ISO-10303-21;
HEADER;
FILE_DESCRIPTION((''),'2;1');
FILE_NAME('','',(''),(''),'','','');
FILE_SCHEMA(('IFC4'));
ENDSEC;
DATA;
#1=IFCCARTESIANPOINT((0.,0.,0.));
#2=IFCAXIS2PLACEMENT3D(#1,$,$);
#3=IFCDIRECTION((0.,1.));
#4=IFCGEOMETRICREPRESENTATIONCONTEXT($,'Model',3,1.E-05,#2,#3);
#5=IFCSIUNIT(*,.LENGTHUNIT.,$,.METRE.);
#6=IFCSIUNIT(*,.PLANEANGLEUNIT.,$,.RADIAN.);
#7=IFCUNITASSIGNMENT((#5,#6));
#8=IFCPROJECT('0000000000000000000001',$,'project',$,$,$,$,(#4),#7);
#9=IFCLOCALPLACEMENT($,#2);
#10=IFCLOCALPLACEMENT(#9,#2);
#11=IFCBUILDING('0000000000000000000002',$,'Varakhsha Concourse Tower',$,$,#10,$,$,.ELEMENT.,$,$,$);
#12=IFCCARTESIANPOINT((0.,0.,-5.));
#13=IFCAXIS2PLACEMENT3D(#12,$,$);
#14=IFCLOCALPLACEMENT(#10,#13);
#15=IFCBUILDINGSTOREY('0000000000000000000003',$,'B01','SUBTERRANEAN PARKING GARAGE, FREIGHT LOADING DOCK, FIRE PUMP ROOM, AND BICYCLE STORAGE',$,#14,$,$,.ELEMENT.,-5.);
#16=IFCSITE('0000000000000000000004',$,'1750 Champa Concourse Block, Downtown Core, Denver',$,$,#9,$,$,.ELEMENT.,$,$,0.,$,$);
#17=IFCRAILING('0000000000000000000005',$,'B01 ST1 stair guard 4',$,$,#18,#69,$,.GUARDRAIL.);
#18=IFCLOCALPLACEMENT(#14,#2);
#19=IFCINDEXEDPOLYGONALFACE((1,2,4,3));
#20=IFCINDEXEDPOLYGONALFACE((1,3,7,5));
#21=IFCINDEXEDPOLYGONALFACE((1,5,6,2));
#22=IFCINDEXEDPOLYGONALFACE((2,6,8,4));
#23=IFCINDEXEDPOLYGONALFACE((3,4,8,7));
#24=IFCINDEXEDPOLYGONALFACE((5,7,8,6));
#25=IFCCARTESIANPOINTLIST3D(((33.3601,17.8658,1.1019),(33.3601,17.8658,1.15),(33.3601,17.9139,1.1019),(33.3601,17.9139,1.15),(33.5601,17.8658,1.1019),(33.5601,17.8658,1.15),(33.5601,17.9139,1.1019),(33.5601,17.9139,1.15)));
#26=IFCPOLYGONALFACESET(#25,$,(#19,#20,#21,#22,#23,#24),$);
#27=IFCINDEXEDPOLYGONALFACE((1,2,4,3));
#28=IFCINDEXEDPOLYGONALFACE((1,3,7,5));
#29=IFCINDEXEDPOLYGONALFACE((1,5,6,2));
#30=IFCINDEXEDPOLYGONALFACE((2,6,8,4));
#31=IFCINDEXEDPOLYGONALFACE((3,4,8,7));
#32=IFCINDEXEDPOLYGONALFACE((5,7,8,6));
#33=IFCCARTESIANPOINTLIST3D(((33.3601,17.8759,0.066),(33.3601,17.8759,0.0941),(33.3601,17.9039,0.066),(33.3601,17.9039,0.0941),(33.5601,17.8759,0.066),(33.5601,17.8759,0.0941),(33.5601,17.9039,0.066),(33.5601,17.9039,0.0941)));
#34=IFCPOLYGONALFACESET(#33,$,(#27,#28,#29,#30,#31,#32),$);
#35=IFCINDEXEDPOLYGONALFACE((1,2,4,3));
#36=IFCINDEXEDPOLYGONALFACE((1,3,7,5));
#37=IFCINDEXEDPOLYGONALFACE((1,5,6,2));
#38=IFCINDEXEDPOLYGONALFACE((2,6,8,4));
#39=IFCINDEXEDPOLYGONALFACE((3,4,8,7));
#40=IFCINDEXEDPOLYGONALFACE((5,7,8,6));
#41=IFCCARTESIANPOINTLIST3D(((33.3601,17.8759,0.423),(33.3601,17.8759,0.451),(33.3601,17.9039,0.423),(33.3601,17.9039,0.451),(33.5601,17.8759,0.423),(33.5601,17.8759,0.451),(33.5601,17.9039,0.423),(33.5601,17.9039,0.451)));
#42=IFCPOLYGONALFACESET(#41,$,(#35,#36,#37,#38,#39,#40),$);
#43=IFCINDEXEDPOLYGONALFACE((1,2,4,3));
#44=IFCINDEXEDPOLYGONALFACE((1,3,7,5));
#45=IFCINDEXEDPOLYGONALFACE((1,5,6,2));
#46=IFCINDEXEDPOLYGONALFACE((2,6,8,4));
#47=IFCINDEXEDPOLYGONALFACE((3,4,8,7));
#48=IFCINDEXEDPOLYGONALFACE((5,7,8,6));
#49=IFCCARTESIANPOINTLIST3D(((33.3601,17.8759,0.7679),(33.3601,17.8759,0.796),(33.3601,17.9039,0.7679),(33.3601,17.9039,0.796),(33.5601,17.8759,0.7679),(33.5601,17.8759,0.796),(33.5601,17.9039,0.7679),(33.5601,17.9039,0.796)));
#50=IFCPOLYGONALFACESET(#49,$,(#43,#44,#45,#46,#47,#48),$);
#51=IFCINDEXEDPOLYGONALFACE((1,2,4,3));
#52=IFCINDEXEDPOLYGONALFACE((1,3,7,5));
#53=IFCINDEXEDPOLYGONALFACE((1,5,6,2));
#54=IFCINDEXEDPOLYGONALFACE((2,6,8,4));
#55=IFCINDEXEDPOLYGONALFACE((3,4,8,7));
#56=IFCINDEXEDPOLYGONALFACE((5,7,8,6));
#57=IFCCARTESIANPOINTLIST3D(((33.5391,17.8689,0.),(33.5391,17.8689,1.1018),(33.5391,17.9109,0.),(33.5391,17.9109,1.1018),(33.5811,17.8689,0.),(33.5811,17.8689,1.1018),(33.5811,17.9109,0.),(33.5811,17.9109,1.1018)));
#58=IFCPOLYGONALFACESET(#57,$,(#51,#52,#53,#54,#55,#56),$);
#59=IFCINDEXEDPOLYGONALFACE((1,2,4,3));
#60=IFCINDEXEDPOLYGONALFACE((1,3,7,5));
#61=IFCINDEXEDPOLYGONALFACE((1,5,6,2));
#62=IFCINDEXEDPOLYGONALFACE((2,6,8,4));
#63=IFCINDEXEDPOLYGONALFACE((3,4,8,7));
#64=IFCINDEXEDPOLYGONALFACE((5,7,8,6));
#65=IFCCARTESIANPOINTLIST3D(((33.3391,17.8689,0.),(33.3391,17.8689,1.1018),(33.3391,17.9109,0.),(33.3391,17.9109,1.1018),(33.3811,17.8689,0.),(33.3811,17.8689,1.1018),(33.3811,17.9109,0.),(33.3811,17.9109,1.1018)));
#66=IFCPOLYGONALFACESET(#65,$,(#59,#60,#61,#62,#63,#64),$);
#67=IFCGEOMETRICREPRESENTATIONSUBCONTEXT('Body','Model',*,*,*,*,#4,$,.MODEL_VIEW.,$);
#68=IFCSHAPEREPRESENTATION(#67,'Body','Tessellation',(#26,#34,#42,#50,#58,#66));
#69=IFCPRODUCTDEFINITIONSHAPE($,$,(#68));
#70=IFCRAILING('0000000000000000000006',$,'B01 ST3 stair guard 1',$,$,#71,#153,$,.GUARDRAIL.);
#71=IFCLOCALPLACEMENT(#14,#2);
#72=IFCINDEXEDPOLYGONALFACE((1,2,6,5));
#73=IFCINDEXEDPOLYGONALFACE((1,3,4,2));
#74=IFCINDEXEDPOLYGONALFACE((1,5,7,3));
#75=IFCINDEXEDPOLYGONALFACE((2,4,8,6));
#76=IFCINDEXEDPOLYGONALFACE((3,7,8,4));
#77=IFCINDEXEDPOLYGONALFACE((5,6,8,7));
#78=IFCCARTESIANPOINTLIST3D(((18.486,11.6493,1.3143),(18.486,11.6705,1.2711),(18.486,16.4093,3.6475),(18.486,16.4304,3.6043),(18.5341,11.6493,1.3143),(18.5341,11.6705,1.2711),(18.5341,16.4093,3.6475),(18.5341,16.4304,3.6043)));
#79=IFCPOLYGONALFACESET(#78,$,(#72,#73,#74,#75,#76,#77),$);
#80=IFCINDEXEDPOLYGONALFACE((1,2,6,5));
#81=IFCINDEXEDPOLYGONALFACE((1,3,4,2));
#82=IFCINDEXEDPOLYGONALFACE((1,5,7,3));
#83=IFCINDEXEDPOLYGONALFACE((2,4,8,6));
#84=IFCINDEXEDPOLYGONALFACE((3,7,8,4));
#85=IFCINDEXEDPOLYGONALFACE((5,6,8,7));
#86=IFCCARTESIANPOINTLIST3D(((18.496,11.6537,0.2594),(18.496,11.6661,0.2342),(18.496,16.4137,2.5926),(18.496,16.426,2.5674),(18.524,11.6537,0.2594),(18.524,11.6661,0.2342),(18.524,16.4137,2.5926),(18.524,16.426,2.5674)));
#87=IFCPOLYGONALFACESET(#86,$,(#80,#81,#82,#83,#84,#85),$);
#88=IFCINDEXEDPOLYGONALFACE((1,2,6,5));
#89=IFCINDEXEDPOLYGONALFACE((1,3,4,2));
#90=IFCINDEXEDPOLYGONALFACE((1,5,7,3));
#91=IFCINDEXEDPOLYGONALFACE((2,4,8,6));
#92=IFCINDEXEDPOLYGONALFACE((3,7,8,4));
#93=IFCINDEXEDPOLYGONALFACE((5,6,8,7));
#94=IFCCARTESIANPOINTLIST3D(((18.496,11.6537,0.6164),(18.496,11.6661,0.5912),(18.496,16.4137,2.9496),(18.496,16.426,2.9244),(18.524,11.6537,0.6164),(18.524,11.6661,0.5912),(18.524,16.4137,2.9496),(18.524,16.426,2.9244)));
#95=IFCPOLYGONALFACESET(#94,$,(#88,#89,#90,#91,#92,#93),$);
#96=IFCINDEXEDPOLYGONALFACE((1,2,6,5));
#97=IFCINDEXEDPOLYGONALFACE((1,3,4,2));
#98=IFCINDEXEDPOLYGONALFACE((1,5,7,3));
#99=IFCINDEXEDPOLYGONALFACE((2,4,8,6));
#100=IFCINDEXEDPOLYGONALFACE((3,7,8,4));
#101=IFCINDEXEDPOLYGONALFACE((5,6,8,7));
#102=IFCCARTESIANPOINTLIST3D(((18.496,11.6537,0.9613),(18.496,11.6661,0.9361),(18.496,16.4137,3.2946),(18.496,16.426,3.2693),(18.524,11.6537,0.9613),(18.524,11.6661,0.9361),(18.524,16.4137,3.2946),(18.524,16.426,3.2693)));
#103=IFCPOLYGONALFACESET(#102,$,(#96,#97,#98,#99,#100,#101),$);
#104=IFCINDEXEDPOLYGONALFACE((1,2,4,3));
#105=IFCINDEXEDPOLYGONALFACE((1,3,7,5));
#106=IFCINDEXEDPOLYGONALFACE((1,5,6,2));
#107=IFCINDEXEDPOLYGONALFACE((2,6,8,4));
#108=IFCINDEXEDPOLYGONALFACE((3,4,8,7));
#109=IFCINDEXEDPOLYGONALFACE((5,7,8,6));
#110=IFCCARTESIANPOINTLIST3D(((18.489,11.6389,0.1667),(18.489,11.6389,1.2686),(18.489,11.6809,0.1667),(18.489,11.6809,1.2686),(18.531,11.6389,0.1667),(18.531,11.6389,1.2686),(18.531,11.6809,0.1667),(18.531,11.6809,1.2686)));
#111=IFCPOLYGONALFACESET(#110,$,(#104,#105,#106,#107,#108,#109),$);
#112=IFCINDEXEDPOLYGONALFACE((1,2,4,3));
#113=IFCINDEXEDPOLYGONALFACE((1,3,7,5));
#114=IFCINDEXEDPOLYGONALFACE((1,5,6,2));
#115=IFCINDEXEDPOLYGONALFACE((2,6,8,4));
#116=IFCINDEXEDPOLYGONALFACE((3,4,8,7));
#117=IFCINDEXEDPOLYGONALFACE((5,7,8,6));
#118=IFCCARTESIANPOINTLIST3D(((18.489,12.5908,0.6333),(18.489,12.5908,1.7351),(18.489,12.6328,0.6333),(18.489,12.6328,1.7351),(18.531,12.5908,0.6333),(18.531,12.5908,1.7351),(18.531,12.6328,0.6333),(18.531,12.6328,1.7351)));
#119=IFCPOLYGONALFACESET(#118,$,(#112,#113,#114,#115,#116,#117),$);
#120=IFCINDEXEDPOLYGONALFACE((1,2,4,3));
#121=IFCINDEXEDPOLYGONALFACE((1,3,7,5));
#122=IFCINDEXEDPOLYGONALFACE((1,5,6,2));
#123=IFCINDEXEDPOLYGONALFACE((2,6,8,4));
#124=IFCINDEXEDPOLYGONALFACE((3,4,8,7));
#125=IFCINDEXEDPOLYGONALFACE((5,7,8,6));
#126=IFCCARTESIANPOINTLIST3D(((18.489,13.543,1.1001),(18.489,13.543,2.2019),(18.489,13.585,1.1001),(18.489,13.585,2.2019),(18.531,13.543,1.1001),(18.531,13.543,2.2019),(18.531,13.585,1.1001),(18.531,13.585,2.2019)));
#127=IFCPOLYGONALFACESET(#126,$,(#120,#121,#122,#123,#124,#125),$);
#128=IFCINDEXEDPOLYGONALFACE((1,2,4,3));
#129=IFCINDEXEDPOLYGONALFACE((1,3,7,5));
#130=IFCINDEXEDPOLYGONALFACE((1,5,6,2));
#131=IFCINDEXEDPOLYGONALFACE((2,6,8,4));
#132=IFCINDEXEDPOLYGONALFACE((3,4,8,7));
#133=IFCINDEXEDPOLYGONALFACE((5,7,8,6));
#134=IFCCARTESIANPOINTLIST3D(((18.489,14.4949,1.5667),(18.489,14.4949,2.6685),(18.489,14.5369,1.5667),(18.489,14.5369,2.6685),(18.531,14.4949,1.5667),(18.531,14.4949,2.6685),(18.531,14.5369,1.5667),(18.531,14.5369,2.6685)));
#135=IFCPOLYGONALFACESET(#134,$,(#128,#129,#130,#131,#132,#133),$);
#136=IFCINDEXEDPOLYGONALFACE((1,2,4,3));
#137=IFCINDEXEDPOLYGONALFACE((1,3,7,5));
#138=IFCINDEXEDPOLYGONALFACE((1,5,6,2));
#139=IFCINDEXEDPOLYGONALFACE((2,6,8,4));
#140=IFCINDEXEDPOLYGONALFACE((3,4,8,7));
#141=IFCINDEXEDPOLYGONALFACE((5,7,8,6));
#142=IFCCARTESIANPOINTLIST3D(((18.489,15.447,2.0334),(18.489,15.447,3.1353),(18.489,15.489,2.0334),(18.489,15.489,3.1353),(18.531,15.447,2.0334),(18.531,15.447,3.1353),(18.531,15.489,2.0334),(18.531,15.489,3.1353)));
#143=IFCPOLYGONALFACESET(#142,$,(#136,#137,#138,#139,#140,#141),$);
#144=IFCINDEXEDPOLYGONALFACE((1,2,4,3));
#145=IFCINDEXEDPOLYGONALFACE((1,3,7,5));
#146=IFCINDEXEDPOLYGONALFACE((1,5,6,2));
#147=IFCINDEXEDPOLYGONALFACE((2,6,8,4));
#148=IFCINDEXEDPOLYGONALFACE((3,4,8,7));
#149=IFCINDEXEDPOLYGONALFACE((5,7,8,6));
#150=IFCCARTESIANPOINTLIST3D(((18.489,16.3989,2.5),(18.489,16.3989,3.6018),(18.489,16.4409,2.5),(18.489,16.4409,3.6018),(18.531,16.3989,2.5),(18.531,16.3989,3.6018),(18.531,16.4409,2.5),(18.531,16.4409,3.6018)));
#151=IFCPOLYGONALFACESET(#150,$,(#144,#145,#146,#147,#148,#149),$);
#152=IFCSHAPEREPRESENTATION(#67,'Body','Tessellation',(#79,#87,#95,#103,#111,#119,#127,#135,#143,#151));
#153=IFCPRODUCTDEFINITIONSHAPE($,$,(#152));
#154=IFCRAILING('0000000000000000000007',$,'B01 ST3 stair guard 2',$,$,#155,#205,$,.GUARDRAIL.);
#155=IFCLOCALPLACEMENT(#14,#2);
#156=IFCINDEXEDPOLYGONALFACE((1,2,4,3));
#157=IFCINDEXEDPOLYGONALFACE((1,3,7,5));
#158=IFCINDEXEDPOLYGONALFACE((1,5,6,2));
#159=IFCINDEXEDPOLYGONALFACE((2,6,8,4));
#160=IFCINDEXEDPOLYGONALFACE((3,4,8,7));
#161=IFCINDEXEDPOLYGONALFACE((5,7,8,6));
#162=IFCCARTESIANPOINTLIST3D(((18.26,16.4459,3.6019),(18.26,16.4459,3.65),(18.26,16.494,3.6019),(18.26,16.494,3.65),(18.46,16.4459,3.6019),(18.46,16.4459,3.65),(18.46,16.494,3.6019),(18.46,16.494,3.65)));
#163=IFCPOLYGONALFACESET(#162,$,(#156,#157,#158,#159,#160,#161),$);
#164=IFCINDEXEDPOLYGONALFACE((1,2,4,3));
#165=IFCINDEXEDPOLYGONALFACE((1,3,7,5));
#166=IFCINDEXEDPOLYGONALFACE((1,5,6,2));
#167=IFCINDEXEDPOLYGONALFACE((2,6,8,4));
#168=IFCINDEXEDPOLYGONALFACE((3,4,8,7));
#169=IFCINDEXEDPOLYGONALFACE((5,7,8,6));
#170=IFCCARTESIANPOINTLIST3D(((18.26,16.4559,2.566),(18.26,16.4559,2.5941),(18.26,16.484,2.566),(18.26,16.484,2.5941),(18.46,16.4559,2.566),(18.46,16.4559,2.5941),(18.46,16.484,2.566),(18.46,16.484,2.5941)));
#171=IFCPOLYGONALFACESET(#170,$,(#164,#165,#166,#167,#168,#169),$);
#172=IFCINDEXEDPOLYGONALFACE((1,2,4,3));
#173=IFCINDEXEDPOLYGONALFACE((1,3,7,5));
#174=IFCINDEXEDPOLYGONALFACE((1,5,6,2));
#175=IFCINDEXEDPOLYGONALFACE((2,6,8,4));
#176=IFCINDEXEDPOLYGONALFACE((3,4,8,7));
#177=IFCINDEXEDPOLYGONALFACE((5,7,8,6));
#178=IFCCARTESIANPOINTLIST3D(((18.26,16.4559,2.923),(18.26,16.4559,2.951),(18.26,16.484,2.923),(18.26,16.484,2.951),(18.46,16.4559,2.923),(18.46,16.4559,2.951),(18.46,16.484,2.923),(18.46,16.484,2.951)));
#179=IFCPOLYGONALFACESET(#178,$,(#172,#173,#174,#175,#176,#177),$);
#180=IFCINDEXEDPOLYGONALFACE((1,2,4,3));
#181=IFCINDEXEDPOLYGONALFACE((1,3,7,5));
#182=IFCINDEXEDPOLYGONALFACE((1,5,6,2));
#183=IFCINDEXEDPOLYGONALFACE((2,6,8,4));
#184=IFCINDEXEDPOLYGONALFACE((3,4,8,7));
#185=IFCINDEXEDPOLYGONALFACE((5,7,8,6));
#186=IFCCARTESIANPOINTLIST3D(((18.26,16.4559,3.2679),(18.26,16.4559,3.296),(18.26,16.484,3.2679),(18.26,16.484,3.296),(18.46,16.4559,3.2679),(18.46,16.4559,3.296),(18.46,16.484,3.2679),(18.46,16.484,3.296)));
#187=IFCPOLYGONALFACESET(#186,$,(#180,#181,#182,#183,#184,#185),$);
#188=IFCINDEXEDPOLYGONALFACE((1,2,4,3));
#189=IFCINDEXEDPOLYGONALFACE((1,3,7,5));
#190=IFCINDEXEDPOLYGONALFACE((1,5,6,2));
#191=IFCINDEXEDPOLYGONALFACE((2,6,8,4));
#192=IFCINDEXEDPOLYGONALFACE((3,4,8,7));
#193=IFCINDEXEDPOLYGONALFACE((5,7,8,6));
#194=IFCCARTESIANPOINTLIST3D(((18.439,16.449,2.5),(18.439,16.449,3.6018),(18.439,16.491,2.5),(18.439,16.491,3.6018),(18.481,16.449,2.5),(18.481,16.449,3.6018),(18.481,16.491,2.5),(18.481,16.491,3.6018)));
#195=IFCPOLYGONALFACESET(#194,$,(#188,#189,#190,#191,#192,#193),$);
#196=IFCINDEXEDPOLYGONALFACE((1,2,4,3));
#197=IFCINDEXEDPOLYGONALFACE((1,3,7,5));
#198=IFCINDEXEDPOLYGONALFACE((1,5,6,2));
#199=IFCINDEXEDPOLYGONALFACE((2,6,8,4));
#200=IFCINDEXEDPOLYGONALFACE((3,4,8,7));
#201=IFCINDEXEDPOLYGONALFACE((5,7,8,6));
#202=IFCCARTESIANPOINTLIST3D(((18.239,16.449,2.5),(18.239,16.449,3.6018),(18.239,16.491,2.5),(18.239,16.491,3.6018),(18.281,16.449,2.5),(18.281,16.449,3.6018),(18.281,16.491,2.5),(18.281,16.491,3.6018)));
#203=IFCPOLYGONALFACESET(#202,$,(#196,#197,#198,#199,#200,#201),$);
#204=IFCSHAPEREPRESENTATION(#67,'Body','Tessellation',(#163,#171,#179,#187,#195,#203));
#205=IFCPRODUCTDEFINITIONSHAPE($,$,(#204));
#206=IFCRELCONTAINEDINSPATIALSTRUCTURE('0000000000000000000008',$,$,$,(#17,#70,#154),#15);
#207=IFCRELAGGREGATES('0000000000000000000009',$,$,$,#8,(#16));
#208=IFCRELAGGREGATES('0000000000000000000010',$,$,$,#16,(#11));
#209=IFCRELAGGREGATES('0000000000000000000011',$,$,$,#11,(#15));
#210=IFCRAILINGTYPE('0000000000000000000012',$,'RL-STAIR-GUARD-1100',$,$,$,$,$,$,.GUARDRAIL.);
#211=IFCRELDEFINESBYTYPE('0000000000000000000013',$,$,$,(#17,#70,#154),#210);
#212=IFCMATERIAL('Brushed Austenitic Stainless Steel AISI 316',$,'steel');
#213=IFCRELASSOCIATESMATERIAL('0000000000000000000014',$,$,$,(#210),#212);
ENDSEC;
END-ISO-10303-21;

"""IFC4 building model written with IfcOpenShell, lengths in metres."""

from ifc_helpers import new_model, si_unit, direction, frame, origin, origin_2d, place, context, subcontext, project, spatial, rectangle, extrude, material, type_object, element, save


model = new_model("IFC4")

# Units and contexts
model_context = context("Model", 3, precision=1e-05, world=origin(), true_north=direction((0.0, 1.0)))
body_context = subcontext(model_context, "Body", "Model", "MODEL_VIEW")
ifc_project = project(units=[si_unit("LENGTHUNIT", "METRE"), si_unit("PLANEANGLEUNIT", "RADIAN")], contexts=[model_context])

# Site, building, storey
site_placement = place(None, origin())
site = spatial("IfcSite", under=ifc_project, at=site_placement, Name="1750 Champa Concourse Block, Downtown Core, Denver", CompositionType="ELEMENT", RefElevation=0.0)
building_placement = place(site_placement, origin())
building = spatial("IfcBuilding", under=site, at=building_placement, Name="Varakhsha Concourse Tower", CompositionType="ELEMENT")
storey_placement = place(building_placement, frame((0.0, 0.0, -5.0)))
storey = spatial("IfcBuildingStorey", under=building, at=storey_placement, Name="B01", Description="SUBTERRANEAN PARKING GARAGE, FREIGHT LOADING DOCK, FIRE PUMP ROOM, AND BICYCLE STORAGE", CompositionType="ELEMENT", Elevation=-5.0)

# Railings
ifc_material_1 = material(Name="Brushed Austenitic Stainless Steel AISI 316", Category="steel")
railing_type_1 = type_object("IfcRailingType", Name="RL-STAIR-GUARD-1100", PredefinedType="GUARDRAIL", material=ifc_material_1)
railing_1_placement = place(storey_placement, frame((33.5601, 17.8899, 0.0)))
element("IfcRailing", 1, at=railing_1_placement, inside=storey, type_object=railing_type_1, Name="B01 ST1 stair guard 4", PredefinedType="GUARDRAIL", context=body_context, shape_type="SweptSolid", body=[
    extrude(rectangle(XDim=0.0481, YDim=0.0481, at=origin_2d()), frame((0.0, 0.0, 1.126), z_axis=(-1.0, 0.0, 0.0), x_axis=(0.0, -1.0, 0.0)), (0.0, 0.0, 1.0), 0.2),
    extrude(rectangle(XDim=0.0281, YDim=0.0281, at=origin_2d()), frame((0.0, 0.0, 0.0801), z_axis=(-1.0, 0.0, 0.0), x_axis=(0.0, -1.0, 0.0)), (0.0, 0.0, 1.0), 0.2),
    extrude(rectangle(XDim=0.0281, YDim=0.0281, at=origin_2d()), frame((0.0, 0.0, 0.437), z_axis=(-1.0, 0.0, 0.0), x_axis=(0.0, -1.0, 0.0)), (0.0, 0.0, 1.0), 0.2),
    extrude(rectangle(XDim=0.0281, YDim=0.0281, at=origin_2d()), frame((0.0, 0.0, 0.782), z_axis=(-1.0, 0.0, 0.0), x_axis=(0.0, -1.0, 0.0)), (0.0, 0.0, 1.0), 0.2),
    extrude(rectangle(XDim=0.042, YDim=0.042, at=origin_2d()), origin(), (0.0, 0.0, 1.0), 1.1018),
    extrude(rectangle(XDim=0.042, YDim=0.042, at=origin_2d()), frame((-0.2, 0.0, 0.0)), (0.0, 0.0, 1.0), 1.1018),
])
railing_2_placement = place(storey_placement, frame((18.51, 11.6599, 0.1667)))
element("IfcRailing", 2, at=railing_2_placement, inside=storey, type_object=railing_type_1, Name="B01 ST3 stair guard 1", PredefinedType="GUARDRAIL", context=body_context, shape_type="SweptSolid", body=[
    extrude(rectangle(XDim=0.0481, YDim=0.0481, at=origin_2d()), frame((0.0, 0.0, 1.126), z_axis=(0.0, 0.897927, 0.440144), x_axis=(-1.0, 0.0, 0.0)), (0.0, 0.0, 1.0), 5.301),
    extrude(rectangle(XDim=0.0281, YDim=0.0281, at=origin_2d()), frame((0.0, 0.0, 0.0801), z_axis=(0.0, 0.897927, 0.440144), x_axis=(-1.0, 0.0, 0.0)), (0.0, 0.0, 1.0), 5.301),
    extrude(rectangle(XDim=0.0281, YDim=0.0281, at=origin_2d()), frame((0.0, 0.0, 0.437), z_axis=(0.0, 0.897927, 0.440144), x_axis=(-1.0, 0.0, 0.0)), (0.0, 0.0, 1.0), 5.301),
    extrude(rectangle(XDim=0.0281, YDim=0.0281, at=origin_2d()), frame((0.0, 0.0, 0.782), z_axis=(0.0, 0.897927, 0.440144), x_axis=(-1.0, 0.0, 0.0)), (0.0, 0.0, 1.0), 5.301),
    extrude(rectangle(XDim=0.042, YDim=0.042, at=origin_2d()), origin(), (0.0, 0.0, 1.0), 1.1018),
    extrude(rectangle(XDim=0.042, YDim=0.042, at=origin_2d()), frame((0.0, 0.9519, 0.4666)), (0.0, 0.0, 1.0), 1.1018),
    extrude(rectangle(XDim=0.042, YDim=0.042, at=origin_2d()), frame((0.0, 1.9041, 0.9333)), (0.0, 0.0, 1.0), 1.1018),
    extrude(rectangle(XDim=0.042, YDim=0.042, at=origin_2d()), frame((0.0, 2.856, 1.3999)), (0.0, 0.0, 1.0), 1.1018),
    extrude(rectangle(XDim=0.042, YDim=0.042, at=origin_2d()), frame((0.0, 3.8081, 1.8667)), (0.0, 0.0, 1.0), 1.1018),
    extrude(rectangle(XDim=0.042, YDim=0.042, at=origin_2d()), frame((0.0, 4.76, 2.3333)), (0.0, 0.0, 1.0), 1.1018),
])
railing_3_placement = place(storey_placement, frame((18.46, 16.47, 2.5)))
element("IfcRailing", 3, at=railing_3_placement, inside=storey, type_object=railing_type_1, Name="B01 ST3 stair guard 2", PredefinedType="GUARDRAIL", context=body_context, shape_type="SweptSolid", body=[
    extrude(rectangle(XDim=0.0481, YDim=0.0481, at=origin_2d()), frame((0.0, 0.0, 1.126), z_axis=(-1.0, 0.0, 0.0), x_axis=(0.0, -1.0, 0.0)), (0.0, 0.0, 1.0), 0.2),
    extrude(rectangle(XDim=0.0281, YDim=0.0281, at=origin_2d()), frame((0.0, 0.0, 0.0801), z_axis=(-1.0, 0.0, 0.0), x_axis=(0.0, -1.0, 0.0)), (0.0, 0.0, 1.0), 0.2),
    extrude(rectangle(XDim=0.0281, YDim=0.0281, at=origin_2d()), frame((0.0, 0.0, 0.437), z_axis=(-1.0, 0.0, 0.0), x_axis=(0.0, -1.0, 0.0)), (0.0, 0.0, 1.0), 0.2),
    extrude(rectangle(XDim=0.0281, YDim=0.0281, at=origin_2d()), frame((0.0, 0.0, 0.782), z_axis=(-1.0, 0.0, 0.0), x_axis=(0.0, -1.0, 0.0)), (0.0, 0.0, 1.0), 0.2),
    extrude(rectangle(XDim=0.042, YDim=0.042, at=origin_2d()), origin(), (0.0, 0.0, 1.0), 1.1018),
    extrude(rectangle(XDim=0.042, YDim=0.042, at=origin_2d()), frame((-0.2, 0.0, 0.0)), (0.0, 0.0, 1.0), 1.1018),
])

save(model, "model.ifc")
